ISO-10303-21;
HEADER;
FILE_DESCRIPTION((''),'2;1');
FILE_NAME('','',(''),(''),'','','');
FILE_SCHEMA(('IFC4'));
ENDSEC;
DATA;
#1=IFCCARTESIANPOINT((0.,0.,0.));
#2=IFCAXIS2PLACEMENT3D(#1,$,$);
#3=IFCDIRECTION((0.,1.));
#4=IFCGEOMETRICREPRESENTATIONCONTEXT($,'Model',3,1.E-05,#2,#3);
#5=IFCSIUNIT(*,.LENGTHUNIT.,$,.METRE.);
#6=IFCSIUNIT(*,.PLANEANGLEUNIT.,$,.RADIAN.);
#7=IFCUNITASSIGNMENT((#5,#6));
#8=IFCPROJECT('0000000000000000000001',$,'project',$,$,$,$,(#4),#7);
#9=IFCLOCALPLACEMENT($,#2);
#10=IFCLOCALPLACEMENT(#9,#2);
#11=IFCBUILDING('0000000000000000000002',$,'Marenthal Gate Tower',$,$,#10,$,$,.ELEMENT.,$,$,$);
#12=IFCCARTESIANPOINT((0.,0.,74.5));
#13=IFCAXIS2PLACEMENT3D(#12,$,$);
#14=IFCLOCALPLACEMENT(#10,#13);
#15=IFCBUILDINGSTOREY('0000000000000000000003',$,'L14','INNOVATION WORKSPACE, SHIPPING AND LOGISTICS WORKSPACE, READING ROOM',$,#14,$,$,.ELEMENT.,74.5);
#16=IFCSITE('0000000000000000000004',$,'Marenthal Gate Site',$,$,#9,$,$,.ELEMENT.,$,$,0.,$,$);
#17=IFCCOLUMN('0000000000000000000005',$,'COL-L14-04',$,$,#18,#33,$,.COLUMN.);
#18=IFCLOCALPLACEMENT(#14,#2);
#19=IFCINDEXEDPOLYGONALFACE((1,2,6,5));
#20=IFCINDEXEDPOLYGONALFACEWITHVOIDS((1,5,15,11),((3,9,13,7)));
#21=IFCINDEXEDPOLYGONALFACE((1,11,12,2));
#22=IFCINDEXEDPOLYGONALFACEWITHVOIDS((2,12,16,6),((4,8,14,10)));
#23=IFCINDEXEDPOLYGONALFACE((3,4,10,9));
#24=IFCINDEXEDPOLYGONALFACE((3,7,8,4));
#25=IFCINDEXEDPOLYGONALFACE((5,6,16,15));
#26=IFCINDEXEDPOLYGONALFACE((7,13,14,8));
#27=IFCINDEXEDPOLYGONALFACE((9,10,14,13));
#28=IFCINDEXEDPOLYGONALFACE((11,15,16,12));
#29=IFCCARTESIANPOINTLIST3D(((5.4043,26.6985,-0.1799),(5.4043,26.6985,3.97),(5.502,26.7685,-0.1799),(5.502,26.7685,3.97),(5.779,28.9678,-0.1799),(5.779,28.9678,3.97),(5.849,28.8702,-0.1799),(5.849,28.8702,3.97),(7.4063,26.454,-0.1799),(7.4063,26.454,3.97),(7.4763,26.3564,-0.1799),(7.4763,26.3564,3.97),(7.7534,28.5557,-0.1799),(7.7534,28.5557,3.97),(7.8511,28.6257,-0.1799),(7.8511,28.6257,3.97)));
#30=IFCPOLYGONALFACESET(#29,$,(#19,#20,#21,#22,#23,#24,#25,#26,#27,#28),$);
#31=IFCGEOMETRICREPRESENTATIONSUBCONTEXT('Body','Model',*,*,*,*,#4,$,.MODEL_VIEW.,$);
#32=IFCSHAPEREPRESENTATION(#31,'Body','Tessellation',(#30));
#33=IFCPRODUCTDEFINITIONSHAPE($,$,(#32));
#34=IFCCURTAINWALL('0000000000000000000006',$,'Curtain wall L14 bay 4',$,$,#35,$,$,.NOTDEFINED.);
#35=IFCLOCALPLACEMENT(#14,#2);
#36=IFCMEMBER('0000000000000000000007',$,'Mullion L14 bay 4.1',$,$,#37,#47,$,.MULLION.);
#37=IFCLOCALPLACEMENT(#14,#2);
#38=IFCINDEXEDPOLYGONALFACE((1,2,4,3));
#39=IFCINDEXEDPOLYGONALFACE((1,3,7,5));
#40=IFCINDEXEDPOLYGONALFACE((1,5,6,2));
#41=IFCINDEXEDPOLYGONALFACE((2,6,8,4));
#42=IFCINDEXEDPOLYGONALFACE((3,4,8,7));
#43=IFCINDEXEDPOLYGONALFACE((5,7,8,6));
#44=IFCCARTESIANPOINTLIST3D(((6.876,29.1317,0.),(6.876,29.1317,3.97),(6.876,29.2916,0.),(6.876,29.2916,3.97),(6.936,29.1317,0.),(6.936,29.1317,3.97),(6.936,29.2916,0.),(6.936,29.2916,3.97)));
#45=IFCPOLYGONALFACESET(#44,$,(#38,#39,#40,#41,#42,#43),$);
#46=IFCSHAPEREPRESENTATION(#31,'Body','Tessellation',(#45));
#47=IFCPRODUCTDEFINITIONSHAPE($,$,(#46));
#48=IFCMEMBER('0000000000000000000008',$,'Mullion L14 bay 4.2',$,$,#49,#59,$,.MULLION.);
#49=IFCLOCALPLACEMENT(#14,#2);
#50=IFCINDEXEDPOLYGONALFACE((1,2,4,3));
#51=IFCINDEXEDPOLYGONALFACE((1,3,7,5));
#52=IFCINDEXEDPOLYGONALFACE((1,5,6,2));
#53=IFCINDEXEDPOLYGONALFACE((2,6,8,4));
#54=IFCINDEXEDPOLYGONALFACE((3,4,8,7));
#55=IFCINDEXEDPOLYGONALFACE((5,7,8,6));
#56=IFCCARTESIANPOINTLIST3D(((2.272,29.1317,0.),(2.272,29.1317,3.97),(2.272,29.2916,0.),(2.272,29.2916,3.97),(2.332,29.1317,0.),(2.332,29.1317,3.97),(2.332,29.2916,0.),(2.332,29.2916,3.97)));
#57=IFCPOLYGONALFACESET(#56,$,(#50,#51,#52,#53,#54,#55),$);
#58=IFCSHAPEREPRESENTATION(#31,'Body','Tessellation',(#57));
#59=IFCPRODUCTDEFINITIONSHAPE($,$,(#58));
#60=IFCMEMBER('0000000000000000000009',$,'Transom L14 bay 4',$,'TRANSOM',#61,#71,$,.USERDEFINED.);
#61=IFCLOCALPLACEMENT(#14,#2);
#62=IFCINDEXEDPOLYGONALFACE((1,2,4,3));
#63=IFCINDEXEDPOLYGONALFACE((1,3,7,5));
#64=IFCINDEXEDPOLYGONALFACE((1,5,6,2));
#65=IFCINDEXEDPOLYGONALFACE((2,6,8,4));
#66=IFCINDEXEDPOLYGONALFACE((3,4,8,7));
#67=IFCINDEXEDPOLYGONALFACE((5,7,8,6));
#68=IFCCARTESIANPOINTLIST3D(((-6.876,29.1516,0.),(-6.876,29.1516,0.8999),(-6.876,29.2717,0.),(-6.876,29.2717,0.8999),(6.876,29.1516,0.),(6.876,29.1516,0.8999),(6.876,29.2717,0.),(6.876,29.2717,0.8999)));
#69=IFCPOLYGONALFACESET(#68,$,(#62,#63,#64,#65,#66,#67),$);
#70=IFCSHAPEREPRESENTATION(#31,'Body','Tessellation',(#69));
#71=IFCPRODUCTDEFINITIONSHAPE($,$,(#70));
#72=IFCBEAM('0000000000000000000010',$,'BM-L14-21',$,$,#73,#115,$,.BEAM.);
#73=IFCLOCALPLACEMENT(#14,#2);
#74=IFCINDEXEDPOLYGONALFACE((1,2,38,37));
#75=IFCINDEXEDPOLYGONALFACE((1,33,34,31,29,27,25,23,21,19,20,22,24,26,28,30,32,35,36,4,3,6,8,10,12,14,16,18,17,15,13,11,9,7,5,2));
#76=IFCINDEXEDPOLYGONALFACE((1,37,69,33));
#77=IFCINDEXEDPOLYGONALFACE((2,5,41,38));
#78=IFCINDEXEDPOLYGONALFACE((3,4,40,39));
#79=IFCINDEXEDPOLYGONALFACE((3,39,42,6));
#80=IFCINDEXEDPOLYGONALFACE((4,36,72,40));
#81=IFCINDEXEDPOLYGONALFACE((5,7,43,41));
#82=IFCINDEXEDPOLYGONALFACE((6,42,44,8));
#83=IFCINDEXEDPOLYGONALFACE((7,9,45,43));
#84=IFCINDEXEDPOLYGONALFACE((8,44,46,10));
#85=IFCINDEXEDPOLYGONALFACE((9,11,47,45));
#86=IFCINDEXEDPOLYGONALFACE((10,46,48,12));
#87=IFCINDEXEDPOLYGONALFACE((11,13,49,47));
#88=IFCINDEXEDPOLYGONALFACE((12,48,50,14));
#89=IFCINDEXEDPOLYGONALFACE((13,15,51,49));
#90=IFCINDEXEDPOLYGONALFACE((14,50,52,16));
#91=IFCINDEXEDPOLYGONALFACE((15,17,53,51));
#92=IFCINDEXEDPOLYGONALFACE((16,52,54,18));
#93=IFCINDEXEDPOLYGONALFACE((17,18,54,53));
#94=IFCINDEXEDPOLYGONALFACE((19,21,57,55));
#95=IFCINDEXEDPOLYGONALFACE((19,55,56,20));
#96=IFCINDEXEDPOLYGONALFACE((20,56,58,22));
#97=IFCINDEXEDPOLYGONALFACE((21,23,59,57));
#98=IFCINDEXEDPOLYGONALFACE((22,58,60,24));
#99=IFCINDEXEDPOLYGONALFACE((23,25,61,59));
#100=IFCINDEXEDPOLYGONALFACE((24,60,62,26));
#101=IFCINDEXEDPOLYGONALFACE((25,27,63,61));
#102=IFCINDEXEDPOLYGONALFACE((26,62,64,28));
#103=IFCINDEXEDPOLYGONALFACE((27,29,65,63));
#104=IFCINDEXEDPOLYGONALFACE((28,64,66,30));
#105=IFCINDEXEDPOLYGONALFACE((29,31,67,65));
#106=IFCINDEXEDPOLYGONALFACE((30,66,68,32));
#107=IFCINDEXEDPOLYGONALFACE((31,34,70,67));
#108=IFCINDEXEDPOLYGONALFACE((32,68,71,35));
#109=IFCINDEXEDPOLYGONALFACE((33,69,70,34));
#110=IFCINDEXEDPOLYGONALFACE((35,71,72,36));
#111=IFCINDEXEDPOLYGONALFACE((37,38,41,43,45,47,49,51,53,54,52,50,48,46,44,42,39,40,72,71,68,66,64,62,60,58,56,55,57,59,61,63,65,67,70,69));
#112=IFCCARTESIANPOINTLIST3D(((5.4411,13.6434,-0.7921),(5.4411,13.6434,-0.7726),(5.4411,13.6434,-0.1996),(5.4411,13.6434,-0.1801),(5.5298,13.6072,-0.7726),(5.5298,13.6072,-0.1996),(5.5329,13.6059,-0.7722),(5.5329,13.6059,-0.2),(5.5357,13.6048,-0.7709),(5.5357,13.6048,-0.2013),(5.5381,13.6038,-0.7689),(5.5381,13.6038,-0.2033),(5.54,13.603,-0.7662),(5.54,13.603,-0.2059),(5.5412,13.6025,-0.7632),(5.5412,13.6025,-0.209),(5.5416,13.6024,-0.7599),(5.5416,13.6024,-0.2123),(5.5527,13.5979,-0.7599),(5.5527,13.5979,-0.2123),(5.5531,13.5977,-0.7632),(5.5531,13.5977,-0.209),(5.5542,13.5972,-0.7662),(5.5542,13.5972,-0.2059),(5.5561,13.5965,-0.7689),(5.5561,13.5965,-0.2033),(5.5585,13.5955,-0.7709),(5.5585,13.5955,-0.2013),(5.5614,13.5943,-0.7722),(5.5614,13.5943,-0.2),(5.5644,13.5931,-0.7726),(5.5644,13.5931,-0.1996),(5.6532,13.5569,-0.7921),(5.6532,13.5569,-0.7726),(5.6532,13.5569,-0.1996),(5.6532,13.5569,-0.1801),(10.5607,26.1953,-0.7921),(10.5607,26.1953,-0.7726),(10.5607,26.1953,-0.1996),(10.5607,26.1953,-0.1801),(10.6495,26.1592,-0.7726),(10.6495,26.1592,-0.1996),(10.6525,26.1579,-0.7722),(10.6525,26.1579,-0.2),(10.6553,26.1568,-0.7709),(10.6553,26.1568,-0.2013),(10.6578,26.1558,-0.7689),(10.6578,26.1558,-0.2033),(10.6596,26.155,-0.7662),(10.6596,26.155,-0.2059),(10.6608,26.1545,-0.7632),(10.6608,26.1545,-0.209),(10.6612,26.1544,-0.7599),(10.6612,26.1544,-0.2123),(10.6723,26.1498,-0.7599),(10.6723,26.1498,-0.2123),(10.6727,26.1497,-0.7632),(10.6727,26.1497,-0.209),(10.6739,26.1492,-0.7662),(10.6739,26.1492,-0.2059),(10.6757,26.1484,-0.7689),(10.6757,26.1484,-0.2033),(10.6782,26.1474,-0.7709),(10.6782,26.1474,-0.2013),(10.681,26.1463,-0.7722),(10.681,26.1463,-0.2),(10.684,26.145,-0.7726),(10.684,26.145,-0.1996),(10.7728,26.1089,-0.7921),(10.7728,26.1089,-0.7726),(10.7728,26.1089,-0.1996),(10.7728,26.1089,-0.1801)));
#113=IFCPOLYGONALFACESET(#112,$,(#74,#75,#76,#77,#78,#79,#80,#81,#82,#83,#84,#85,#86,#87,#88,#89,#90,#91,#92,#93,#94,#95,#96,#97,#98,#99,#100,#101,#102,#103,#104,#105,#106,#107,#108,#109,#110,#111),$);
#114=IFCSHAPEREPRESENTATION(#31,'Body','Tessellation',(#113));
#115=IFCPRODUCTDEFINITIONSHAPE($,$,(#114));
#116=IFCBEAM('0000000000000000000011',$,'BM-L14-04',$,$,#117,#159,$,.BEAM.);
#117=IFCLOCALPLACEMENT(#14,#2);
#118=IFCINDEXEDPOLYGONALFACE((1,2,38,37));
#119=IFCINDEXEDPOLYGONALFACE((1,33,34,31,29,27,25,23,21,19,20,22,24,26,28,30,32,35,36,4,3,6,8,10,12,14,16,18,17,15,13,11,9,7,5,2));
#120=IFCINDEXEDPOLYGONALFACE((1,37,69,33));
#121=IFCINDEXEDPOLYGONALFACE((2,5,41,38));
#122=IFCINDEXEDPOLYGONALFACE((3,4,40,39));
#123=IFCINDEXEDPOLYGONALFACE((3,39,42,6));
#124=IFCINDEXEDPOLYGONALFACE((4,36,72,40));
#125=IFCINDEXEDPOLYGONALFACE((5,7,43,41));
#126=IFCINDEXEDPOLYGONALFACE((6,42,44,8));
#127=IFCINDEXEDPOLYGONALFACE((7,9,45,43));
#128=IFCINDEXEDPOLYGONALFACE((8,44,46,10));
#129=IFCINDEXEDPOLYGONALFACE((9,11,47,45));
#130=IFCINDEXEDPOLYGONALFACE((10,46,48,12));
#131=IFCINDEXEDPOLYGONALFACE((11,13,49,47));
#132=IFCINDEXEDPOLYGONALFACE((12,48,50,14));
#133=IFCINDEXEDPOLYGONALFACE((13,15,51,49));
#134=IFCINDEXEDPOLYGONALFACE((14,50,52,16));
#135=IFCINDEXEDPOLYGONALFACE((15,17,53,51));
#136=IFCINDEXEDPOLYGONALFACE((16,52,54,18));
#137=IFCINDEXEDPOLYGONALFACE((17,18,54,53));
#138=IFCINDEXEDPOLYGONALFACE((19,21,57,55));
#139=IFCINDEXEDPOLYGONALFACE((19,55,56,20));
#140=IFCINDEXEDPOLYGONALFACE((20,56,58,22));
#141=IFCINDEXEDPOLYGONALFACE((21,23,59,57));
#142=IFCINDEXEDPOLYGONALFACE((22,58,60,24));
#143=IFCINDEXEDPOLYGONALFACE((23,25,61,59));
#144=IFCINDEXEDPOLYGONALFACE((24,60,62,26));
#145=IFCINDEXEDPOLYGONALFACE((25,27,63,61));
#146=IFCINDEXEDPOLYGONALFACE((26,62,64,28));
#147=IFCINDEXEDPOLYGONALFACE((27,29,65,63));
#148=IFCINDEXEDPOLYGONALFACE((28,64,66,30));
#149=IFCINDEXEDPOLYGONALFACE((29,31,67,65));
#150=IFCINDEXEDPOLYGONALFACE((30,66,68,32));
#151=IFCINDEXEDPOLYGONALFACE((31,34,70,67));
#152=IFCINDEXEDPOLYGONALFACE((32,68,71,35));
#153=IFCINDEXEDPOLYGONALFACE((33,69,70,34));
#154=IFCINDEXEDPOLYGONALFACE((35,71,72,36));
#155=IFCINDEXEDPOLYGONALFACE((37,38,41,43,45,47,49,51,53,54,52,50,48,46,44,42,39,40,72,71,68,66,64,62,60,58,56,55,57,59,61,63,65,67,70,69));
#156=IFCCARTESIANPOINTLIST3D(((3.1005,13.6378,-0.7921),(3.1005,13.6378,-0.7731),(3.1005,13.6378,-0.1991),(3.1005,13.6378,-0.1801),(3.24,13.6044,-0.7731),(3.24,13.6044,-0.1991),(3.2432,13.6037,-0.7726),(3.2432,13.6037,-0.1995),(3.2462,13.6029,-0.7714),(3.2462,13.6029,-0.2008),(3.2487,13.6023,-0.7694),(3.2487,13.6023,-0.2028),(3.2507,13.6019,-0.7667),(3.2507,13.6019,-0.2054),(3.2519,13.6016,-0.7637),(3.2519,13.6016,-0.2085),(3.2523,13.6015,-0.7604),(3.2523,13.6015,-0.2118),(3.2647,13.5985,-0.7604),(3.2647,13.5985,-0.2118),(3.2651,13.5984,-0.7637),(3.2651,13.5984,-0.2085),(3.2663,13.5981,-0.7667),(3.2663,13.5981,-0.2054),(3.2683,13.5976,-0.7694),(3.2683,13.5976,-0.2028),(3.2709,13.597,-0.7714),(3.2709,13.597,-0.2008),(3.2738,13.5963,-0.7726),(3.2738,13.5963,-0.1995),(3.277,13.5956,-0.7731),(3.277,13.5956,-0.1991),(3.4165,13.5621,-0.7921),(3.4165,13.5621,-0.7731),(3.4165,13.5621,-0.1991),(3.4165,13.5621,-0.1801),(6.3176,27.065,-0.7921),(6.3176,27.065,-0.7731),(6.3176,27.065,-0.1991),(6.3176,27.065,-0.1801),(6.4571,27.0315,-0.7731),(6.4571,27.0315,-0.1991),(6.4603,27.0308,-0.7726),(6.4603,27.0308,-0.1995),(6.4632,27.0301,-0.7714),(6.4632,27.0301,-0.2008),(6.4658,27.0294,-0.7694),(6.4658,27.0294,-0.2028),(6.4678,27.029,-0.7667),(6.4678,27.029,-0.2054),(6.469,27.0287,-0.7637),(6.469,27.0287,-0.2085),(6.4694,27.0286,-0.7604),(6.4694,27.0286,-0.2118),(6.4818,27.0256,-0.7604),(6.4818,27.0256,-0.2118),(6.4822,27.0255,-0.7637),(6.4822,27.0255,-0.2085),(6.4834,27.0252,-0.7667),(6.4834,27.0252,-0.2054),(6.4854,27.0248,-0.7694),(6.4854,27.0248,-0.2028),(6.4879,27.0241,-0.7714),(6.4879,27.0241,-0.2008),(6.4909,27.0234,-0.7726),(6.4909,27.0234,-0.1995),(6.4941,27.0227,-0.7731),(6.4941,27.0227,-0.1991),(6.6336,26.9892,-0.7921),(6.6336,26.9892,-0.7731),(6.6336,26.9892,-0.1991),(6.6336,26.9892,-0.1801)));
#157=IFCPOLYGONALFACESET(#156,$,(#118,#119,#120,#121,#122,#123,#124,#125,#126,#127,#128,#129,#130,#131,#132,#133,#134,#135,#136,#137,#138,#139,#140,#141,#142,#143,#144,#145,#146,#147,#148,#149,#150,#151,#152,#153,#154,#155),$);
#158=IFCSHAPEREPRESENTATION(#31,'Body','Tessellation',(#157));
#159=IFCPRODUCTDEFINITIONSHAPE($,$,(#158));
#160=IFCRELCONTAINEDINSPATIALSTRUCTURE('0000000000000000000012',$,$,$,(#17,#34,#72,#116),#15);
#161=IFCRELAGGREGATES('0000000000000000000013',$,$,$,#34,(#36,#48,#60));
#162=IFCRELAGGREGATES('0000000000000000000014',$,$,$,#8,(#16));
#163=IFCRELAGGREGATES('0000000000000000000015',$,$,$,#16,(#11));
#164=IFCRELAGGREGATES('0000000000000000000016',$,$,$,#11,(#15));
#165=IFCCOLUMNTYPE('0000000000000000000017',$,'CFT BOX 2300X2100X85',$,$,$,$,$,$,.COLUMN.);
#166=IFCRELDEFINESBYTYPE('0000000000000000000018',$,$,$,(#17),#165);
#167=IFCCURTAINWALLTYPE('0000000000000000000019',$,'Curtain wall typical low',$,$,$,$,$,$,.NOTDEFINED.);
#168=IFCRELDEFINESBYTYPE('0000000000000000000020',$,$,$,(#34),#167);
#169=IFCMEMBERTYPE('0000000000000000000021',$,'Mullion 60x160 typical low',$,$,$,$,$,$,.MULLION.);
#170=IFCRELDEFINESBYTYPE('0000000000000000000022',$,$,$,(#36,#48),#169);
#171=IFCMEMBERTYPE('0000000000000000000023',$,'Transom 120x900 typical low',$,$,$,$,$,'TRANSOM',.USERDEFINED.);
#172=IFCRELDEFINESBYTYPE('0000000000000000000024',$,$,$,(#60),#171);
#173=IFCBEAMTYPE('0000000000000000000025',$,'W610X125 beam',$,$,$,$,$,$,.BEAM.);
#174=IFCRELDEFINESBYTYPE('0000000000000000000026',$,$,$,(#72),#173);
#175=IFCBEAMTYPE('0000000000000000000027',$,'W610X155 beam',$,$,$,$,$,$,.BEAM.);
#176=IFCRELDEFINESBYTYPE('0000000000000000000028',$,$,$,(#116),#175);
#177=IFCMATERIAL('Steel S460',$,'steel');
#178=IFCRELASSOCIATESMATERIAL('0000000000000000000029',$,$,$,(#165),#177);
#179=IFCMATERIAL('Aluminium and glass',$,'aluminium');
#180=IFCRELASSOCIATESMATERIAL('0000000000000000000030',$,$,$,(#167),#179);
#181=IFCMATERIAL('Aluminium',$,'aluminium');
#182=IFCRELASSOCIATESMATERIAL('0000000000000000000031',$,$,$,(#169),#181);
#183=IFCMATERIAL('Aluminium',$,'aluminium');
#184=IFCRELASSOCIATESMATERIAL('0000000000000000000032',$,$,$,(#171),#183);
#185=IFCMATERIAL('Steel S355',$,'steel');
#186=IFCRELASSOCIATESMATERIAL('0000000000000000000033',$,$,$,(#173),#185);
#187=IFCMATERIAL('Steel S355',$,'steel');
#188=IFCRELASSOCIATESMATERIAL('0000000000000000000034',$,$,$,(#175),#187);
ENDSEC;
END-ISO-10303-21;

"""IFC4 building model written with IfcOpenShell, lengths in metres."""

from ifc_helpers import new_model, si_unit, direction, frame, origin, origin_2d, place, context, subcontext, project, spatial, rectangle, hollow_rectangle, i_section, extrude, material, material_profile, profile_set, type_object, element, aggregate, save


model = new_model("IFC4")

# Units and contexts
model_context = context("Model", 3, precision=1e-05, world=origin(), true_north=direction((0.0, 1.0)))
body_context = subcontext(model_context, "Body", "Model", "MODEL_VIEW")
ifc_project = project(units=[si_unit("LENGTHUNIT", "METRE"), si_unit("PLANEANGLEUNIT", "RADIAN")], contexts=[model_context])

# Site, building, storey
site_placement = place(None, origin())
site = spatial("IfcSite", under=ifc_project, at=site_placement, Name="Marenthal Gate Site", CompositionType="ELEMENT", RefElevation=0.0)
building_placement = place(site_placement, origin())
building = spatial("IfcBuilding", under=site, at=building_placement, Name="Marenthal Gate Tower", CompositionType="ELEMENT")
storey_placement = place(building_placement, frame((0.0, 0.0, 74.5)))
storey = spatial("IfcBuildingStorey", under=building, at=storey_placement, Name="L14", Description="INNOVATION WORKSPACE, SHIPPING AND LOGISTICS WORKSPACE, READING ROOM", CompositionType="ELEMENT", Elevation=74.5)

# Column
ifc_material_1 = material(Name="Steel S460", Category="steel")
ifc_material_profile_1 = material_profile(ifc_material_1, hollow_rectangle(XDim=2.1001, YDim=2.3, WallThickness=0.085, at=origin_2d()), Name="CFT BOX 2300X2100X85")
ifc_material_2 = material(Name="Concrete 70 MPa", Category="concrete")
ifc_material_profile_2 = material_profile(ifc_material_2, rectangle(XDim=1.9299, YDim=2.1299, at=origin_2d()), Name="CFT BOX 2300X2100X85 INFILL")
ifc_profile_set_1 = profile_set([ifc_material_profile_1, ifc_material_profile_2], Name="Steel S460 shell, Concrete 70 MPa infill")
column_type = type_object("IfcColumnType", Name="CFT BOX 2300X2100X85", PredefinedType="COLUMN", material=ifc_profile_set_1)
column_placement = place(storey_placement, frame((6.6277, 27.6621, -0.1799), z_axis=(0.0, 0.0, 1.0), x_axis=(0.986638, -0.162928, 0.0)))
element("IfcColumn", 1, at=column_placement, inside=storey, type_object=column_type, Name="COL-L14-04", PredefinedType="COLUMN", context=body_context, shape_type="SweptSolid", body=[
    extrude(hollow_rectangle(XDim=2.1001, YDim=2.3, WallThickness=0.085, at=origin_2d()), origin(), (0.0, 0.0, 1.0), 4.1499),
])

# Curtain wall, members
ifc_material_3 = material(Name="Aluminium and glass", Category="aluminium")
curtain_wall_type = type_object("IfcCurtainWallType", Name="Curtain wall typical low", PredefinedType="NOTDEFINED", material=ifc_material_3)
curtain_wall_placement = place(storey_placement, origin())
curtain_wall = element("IfcCurtainWall", 2, at=curtain_wall_placement, inside=storey, type_object=curtain_wall_type, Name="Curtain wall L14 bay 4", PredefinedType="NOTDEFINED")
ifc_material_4 = material(Name="Aluminium", Category="aluminium")
ifc_material_profile_3 = material_profile(ifc_material_4, rectangle(XDim=0.1599, YDim=0.0601, at=origin_2d()), Name="60x160 aluminium mullion")
ifc_profile_set_2 = profile_set([ifc_material_profile_3], Name="Aluminium")
member_type_1 = type_object("IfcMemberType", Name="Mullion 60x160 typical low", PredefinedType="MULLION", material=ifc_profile_set_2)
member_1_placement = place(storey_placement, frame((6.906, 29.2117, 0.0), z_axis=(0.0, 0.0, 1.0), x_axis=(0.0, -1.0, 0.0)))
member_1 = element("IfcMember", 3, at=member_1_placement, type_object=member_type_1, Name="Mullion L14 bay 4.1", PredefinedType="MULLION", context=body_context, shape_type="SweptSolid", body=[
    extrude(rectangle(XDim=0.1599, YDim=0.0601, at=origin_2d()), origin(), (0.0, 0.0, 1.0), 3.97),
])
member_2_placement = place(storey_placement, frame((2.302, 29.2117, 0.0), z_axis=(0.0, 0.0, 1.0), x_axis=(0.0, -1.0, 0.0)))
member_2 = element("IfcMember", 4, at=member_2_placement, type_object=member_type_1, Name="Mullion L14 bay 4.2", PredefinedType="MULLION", context=body_context, shape_type="SweptSolid", body=[
    extrude(rectangle(XDim=0.1599, YDim=0.0601, at=origin_2d()), origin(), (0.0, 0.0, 1.0), 3.97),
])
ifc_material_5 = material(Name="Aluminium", Category="aluminium")
ifc_material_profile_4 = material_profile(ifc_material_5, rectangle(XDim=0.1201, YDim=0.8999, at=origin_2d()), Name="120x900 aluminium transom")
ifc_profile_set_3 = profile_set([ifc_material_profile_4], Name="Aluminium")
member_type_2 = type_object("IfcMemberType", Name="Transom 120x900 typical low", ElementType="TRANSOM", PredefinedType="USERDEFINED", material=ifc_profile_set_3)
member_3_placement = place(storey_placement, frame((6.876, 29.2117, 0.45), z_axis=(-1.0, 0.0, 0.0), x_axis=(0.0, -1.0, 0.0)))
member_3 = element("IfcMember", 5, at=member_3_placement, type_object=member_type_2, Name="Transom L14 bay 4", ObjectType="TRANSOM", PredefinedType="USERDEFINED", context=body_context, shape_type="SweptSolid", body=[
    extrude(rectangle(XDim=0.1201, YDim=0.8999, at=origin_2d()), origin(), (0.0, 0.0, 1.0), 13.752),
])

# Beams
ifc_material_6 = material(Name="Steel S355", Category="steel")
ifc_material_profile_5 = material_profile(ifc_material_6, i_section(OverallWidth=0.229, OverallDepth=0.6121, WebThickness=0.012, FlangeThickness=0.0195, FilletRadius=0.0127, at=origin_2d()), Name="W610X125")
ifc_profile_set_4 = profile_set([ifc_material_profile_5], Name="Steel S355")
beam_type_1 = type_object("IfcBeamType", Name="W610X125 beam", PredefinedType="BEAM", material=ifc_profile_set_4)
beam_1_placement = place(storey_placement, frame((10.6667, 26.1521, -0.4861), z_axis=(-0.377667, -0.925941, 0.0), x_axis=(0.925941, -0.377667, 0.0)))
element("IfcBeam", 6, at=beam_1_placement, inside=storey, type_object=beam_type_1, Name="BM-L14-21", PredefinedType="BEAM", context=body_context, shape_type="SweptSolid", body=[
    extrude(i_section(OverallWidth=0.229, OverallDepth=0.6121, WebThickness=0.012, FlangeThickness=0.0195, FilletRadius=0.0127, at=origin_2d()), origin(), (0.0, 0.0, 1.0), 13.5559),
])
ifc_material_7 = material(Name="Steel S355", Category="steel")
ifc_material_profile_6 = material_profile(ifc_material_7, i_section(OverallWidth=0.325, OverallDepth=0.6121, WebThickness=0.0127, FlangeThickness=0.019, FilletRadius=0.0127, at=origin_2d()), Name="W610X155")
ifc_profile_set_5 = profile_set([ifc_material_profile_6], Name="Steel S355")
beam_type_2 = type_object("IfcBeamType", Name="W610X155 beam", PredefinedType="BEAM", material=ifc_profile_set_5)
beam_2_placement = place(storey_placement, frame((6.4756, 27.0271, -0.4861), z_axis=(-0.233, -0.972477, 0.0), x_axis=(0.972477, -0.233, 0.0)))
element("IfcBeam", 7, at=beam_2_placement, inside=storey, type_object=beam_type_2, Name="BM-L14-04", PredefinedType="BEAM", context=body_context, shape_type="SweptSolid", body=[
    extrude(i_section(OverallWidth=0.325, OverallDepth=0.6121, WebThickness=0.0127, FlangeThickness=0.019, FilletRadius=0.0127, at=origin_2d()), origin(), (0.0, 0.0, 1.0), 13.8071),
])

aggregate(curtain_wall, [member_1, member_2, member_3])

save(model, "model.ifc")
